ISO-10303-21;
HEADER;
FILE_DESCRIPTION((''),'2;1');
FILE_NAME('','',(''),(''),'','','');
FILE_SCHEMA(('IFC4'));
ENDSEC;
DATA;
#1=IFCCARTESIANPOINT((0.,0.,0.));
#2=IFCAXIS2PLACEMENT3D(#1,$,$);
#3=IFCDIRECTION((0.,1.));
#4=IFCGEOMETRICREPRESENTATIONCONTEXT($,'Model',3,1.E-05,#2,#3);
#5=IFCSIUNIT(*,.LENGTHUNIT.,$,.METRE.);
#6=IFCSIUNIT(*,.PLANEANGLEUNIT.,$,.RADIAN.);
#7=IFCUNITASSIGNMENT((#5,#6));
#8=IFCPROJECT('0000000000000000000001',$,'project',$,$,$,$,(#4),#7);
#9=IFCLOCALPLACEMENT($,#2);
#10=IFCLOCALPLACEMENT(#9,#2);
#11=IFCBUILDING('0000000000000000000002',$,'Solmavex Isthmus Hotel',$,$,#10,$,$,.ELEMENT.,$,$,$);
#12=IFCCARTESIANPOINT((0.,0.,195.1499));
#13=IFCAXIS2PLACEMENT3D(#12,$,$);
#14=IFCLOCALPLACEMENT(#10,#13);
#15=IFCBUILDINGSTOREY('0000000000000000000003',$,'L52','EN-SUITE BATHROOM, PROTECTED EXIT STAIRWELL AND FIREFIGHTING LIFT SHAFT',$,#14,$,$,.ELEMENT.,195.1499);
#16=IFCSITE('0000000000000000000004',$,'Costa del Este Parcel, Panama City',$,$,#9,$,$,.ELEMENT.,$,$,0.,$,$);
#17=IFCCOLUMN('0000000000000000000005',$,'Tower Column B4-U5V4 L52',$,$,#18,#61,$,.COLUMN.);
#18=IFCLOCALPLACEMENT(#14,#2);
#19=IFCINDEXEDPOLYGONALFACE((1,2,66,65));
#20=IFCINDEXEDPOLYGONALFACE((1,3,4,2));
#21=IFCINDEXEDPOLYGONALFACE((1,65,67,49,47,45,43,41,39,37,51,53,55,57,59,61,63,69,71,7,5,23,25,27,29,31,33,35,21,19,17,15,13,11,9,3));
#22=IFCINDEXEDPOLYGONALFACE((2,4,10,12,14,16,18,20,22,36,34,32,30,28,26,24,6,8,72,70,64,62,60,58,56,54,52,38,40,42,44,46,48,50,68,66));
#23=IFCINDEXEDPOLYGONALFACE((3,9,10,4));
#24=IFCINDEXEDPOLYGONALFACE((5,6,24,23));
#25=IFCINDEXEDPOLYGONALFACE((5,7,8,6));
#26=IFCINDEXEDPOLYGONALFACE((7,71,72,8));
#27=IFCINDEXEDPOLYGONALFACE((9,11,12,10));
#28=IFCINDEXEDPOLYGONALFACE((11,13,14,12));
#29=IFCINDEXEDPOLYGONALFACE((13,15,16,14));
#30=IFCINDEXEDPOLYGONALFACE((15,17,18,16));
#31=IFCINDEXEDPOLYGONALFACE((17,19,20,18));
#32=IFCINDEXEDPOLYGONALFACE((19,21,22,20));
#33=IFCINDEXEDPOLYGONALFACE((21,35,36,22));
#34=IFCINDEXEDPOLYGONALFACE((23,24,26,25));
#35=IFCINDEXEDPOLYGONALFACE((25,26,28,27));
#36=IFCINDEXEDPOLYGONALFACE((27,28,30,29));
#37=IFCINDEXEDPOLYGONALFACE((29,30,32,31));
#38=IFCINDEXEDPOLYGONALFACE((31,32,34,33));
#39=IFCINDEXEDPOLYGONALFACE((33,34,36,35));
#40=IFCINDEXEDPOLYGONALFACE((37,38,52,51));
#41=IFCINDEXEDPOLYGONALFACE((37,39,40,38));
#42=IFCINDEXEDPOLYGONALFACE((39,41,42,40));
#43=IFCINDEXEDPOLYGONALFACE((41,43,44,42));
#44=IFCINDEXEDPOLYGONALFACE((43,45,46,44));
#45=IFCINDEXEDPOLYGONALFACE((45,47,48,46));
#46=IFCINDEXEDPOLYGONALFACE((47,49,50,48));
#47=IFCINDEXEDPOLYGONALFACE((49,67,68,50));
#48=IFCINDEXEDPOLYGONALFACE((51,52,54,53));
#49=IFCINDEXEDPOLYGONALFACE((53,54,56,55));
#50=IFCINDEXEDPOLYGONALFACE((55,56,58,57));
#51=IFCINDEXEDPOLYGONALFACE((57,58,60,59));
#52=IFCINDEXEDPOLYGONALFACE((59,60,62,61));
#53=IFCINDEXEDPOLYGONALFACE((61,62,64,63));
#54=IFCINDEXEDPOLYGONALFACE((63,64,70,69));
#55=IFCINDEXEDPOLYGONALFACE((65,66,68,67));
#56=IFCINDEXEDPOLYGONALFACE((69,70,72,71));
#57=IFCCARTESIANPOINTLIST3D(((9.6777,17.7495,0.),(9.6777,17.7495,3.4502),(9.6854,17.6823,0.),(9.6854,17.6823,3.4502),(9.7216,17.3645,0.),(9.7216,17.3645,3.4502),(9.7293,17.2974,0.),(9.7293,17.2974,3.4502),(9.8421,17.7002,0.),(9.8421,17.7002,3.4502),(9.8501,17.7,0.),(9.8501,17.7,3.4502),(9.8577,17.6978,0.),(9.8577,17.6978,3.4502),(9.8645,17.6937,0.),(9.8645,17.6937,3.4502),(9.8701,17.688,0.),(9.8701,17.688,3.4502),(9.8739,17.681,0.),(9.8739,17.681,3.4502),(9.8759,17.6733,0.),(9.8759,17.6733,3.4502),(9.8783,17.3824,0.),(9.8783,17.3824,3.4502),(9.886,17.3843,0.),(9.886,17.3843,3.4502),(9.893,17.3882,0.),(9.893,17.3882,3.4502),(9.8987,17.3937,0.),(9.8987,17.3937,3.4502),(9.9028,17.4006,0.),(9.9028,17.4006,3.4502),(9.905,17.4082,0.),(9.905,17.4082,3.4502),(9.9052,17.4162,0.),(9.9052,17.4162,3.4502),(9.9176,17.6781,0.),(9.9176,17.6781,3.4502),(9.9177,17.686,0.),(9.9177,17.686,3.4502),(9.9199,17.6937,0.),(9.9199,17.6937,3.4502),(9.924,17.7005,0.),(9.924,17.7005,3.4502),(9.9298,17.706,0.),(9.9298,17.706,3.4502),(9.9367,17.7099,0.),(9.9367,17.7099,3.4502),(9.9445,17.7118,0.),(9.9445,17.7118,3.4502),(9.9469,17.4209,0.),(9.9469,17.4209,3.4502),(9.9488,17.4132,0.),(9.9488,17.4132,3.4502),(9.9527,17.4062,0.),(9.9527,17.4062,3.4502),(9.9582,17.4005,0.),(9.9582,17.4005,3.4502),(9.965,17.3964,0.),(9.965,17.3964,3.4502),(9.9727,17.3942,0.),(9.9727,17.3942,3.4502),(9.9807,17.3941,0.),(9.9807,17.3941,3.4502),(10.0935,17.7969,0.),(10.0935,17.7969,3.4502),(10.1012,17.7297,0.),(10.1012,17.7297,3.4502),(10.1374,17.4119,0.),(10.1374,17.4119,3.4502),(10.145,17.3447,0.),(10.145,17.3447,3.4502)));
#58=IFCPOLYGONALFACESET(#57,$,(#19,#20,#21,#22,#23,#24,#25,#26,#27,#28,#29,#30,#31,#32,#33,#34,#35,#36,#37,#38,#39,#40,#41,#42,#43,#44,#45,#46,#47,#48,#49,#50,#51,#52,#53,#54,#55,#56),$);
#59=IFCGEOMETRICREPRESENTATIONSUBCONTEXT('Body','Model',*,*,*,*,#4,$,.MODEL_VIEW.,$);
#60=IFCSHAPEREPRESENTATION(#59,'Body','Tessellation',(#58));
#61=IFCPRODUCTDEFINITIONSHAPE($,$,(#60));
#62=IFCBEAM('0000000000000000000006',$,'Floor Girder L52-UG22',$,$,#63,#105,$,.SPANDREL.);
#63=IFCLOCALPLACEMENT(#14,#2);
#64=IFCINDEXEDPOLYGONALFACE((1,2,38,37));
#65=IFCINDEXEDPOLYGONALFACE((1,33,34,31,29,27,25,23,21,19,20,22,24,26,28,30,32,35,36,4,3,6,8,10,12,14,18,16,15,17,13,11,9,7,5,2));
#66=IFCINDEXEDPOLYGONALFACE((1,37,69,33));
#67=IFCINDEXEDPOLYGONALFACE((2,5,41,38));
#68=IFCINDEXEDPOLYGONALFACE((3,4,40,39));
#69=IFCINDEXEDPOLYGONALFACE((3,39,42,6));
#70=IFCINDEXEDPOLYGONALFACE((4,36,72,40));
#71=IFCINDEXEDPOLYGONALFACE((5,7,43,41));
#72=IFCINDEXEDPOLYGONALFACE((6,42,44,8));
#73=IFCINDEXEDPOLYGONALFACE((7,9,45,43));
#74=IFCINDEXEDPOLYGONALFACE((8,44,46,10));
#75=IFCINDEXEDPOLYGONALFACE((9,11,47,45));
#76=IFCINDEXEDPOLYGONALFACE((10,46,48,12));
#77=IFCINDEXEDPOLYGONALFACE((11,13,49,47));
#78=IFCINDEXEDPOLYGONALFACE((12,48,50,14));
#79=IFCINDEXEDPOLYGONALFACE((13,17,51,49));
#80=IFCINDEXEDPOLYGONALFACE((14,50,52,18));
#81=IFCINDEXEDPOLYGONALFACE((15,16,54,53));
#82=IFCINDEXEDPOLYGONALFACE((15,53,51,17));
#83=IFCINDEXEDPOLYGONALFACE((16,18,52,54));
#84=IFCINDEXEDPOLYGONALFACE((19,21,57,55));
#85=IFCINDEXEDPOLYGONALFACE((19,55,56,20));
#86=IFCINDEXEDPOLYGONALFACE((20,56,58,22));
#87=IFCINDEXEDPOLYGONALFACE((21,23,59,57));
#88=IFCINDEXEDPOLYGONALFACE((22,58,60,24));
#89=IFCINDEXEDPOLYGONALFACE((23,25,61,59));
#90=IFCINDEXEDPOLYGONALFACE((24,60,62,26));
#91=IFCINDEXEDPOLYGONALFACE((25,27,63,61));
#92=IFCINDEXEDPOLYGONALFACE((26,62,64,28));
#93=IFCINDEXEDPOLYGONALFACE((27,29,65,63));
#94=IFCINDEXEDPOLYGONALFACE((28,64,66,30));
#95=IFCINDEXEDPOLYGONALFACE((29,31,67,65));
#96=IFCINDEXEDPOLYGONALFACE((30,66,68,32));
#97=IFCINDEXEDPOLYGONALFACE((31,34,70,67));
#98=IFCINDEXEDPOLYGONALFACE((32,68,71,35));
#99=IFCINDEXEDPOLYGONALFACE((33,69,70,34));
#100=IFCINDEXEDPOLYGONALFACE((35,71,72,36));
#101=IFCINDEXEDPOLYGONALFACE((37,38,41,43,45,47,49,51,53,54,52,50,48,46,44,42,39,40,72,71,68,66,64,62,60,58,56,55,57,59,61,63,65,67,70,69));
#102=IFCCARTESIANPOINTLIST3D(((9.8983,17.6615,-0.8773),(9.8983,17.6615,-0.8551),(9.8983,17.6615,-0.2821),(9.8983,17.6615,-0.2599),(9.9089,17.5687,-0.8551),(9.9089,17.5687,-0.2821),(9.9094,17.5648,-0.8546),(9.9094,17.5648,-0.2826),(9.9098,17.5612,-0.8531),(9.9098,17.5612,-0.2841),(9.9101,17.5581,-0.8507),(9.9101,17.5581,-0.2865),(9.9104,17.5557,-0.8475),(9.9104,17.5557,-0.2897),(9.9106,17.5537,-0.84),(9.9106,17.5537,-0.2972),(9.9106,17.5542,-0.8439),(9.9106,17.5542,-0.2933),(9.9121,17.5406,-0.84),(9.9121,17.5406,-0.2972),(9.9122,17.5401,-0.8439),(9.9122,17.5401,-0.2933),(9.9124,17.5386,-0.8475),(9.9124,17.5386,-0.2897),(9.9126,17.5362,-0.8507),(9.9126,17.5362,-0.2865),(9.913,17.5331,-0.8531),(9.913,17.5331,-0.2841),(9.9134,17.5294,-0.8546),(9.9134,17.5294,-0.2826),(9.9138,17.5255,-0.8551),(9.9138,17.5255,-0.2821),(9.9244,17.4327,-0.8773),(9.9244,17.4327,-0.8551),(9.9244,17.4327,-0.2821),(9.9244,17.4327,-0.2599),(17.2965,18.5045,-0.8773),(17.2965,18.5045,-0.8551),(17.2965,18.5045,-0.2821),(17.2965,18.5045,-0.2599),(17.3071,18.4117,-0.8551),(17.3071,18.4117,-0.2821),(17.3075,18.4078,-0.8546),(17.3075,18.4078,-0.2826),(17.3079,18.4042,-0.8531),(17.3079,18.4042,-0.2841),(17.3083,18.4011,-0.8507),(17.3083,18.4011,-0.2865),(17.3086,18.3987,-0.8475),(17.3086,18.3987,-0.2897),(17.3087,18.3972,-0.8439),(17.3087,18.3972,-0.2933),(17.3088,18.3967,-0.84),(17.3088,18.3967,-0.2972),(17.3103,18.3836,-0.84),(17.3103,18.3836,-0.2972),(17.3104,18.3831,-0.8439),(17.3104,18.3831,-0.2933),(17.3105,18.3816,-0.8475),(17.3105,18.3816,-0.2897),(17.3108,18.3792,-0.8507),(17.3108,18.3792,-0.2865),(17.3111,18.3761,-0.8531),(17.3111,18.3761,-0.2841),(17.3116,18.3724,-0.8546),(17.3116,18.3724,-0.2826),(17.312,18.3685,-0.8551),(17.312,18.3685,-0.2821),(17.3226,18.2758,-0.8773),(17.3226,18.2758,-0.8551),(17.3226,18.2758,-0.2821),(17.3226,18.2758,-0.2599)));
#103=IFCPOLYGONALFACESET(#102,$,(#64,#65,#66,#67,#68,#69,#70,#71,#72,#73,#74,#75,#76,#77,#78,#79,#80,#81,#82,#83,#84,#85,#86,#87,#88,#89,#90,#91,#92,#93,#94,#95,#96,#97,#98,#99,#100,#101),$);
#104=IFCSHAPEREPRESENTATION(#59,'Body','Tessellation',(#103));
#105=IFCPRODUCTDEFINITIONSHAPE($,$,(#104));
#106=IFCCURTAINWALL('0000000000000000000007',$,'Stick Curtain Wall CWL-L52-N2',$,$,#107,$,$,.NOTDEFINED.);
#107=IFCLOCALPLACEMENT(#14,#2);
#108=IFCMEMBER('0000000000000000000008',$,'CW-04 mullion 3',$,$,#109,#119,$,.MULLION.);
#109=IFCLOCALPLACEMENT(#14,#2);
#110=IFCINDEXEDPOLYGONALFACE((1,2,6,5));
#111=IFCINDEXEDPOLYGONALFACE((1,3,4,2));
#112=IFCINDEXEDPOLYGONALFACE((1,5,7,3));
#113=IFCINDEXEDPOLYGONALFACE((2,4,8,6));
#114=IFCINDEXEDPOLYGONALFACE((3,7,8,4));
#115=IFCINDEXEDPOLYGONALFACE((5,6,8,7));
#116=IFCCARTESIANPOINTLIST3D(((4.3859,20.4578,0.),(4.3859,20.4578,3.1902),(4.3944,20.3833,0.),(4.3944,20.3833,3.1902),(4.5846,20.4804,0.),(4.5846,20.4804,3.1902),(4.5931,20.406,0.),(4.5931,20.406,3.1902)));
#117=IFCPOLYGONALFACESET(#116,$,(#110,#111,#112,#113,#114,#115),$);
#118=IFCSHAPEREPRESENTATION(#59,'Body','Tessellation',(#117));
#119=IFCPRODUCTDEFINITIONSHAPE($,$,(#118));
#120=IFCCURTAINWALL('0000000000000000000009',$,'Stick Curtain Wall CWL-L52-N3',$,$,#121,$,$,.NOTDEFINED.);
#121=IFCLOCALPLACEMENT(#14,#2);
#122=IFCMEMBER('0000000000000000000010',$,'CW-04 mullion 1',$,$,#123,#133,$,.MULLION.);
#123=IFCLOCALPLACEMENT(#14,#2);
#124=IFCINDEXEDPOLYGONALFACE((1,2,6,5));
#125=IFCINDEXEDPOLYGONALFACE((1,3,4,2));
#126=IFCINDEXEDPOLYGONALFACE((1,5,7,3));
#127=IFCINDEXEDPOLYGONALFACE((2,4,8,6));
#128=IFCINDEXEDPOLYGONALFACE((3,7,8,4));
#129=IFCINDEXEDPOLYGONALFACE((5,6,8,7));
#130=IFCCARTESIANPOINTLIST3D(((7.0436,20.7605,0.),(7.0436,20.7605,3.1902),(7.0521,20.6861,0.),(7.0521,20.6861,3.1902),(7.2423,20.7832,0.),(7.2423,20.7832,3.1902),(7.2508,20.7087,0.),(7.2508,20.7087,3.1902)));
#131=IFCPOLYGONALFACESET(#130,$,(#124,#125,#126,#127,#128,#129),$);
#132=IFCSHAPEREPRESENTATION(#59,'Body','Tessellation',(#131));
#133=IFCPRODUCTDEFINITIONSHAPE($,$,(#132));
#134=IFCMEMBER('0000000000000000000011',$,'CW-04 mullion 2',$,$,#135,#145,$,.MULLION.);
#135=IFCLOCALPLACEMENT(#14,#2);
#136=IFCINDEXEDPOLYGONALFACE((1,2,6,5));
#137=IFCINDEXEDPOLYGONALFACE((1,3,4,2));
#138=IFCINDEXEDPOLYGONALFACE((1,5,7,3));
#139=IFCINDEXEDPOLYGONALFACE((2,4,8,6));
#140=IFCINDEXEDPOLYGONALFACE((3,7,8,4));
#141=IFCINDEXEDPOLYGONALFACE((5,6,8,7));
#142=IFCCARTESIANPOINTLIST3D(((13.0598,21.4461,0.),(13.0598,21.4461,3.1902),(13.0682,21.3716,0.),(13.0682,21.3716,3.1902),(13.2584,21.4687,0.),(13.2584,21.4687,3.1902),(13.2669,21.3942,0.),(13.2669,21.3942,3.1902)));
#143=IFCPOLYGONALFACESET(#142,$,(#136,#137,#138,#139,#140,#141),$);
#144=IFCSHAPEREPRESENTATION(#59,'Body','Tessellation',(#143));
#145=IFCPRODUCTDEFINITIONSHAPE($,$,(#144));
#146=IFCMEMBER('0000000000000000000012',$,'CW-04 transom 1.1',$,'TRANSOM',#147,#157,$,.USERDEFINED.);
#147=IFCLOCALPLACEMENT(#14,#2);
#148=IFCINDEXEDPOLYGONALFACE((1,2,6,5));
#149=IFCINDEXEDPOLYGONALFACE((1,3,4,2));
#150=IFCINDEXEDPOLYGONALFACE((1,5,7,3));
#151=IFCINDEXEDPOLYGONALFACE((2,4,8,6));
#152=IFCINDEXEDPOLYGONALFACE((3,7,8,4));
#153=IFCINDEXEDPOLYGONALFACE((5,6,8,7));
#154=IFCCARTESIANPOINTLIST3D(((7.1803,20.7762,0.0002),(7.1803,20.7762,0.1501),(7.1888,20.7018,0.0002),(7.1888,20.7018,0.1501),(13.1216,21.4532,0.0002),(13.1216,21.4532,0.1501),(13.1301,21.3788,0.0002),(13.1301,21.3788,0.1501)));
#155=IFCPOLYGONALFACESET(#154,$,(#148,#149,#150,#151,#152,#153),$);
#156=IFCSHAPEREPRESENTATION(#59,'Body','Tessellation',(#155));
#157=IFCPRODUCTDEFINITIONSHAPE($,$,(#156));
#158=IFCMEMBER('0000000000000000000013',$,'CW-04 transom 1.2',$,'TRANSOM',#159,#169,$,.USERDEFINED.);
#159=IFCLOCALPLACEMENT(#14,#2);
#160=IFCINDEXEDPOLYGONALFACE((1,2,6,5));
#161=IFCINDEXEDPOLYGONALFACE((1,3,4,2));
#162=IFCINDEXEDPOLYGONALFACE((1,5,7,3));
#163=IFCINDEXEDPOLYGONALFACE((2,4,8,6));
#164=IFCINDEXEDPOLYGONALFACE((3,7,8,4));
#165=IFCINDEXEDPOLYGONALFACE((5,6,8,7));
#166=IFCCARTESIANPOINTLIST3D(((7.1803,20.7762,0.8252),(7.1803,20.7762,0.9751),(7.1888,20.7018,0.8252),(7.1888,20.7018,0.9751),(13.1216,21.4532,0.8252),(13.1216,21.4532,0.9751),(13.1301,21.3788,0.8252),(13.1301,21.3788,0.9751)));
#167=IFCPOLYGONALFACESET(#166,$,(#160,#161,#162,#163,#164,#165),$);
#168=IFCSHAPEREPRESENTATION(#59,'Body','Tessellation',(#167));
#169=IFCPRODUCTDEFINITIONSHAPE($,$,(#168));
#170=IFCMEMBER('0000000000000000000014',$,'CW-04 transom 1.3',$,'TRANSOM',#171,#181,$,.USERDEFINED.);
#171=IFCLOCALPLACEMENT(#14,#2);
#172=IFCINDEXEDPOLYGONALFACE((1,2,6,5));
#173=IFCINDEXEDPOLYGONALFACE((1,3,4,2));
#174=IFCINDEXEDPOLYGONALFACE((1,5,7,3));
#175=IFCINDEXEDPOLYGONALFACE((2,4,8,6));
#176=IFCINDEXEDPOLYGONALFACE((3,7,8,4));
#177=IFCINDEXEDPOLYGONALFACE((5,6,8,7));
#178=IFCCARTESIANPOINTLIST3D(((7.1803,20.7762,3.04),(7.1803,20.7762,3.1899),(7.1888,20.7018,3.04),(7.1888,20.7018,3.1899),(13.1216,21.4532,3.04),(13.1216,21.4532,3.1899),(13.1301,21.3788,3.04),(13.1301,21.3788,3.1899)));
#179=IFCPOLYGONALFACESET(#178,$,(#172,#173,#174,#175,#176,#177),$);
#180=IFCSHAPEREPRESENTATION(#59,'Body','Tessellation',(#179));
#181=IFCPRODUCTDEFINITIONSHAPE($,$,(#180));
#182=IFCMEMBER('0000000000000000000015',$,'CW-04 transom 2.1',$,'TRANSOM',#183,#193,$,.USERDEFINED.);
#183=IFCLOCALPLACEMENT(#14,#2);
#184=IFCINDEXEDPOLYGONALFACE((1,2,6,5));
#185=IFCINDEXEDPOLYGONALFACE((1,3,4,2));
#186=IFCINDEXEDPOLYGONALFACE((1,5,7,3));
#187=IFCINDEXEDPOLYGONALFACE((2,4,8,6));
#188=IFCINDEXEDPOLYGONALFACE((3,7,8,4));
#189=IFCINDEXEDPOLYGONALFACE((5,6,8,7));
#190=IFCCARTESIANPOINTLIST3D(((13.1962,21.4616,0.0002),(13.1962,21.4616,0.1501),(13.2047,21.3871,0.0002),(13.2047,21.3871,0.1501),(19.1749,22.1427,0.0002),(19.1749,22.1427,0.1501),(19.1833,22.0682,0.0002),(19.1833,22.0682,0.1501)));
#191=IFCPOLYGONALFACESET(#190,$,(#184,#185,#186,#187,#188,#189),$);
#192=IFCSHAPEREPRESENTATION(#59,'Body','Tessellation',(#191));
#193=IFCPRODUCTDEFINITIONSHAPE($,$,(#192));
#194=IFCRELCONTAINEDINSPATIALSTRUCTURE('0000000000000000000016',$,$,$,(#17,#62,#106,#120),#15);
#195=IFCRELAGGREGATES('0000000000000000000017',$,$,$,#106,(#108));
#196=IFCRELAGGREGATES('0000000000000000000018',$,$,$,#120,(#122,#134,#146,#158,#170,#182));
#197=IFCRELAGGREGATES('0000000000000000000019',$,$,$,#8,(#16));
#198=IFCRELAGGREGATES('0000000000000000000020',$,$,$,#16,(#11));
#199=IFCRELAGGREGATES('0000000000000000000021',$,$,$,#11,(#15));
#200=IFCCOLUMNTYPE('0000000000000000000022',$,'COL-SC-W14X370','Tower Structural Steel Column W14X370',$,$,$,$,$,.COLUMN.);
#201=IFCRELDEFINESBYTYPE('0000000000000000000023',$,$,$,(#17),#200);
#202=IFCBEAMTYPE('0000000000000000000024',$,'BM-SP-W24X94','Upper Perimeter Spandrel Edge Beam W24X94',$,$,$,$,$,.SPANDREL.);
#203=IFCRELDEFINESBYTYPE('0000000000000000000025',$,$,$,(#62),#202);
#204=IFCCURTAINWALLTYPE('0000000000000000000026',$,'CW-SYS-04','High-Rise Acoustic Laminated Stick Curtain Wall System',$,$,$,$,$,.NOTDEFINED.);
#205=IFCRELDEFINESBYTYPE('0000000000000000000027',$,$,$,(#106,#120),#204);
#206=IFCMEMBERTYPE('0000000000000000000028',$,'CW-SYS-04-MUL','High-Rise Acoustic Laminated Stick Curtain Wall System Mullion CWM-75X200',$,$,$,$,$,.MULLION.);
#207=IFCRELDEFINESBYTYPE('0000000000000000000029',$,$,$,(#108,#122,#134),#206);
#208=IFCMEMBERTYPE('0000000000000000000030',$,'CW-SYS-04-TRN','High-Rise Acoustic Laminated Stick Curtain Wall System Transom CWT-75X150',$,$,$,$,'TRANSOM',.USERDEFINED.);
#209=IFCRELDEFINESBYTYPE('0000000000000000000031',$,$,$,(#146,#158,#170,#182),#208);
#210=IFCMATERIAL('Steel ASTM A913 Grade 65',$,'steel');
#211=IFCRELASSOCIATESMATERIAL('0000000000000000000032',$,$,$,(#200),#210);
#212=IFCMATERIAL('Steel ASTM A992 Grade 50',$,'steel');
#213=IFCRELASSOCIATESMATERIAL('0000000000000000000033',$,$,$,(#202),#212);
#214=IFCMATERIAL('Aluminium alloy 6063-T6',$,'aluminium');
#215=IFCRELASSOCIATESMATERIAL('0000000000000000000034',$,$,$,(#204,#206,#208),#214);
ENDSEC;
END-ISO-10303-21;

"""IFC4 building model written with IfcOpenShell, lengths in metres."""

from ifc_helpers import new_model, si_unit, direction, frame, origin, origin_2d, place, context, subcontext, project, spatial, rectangle, i_section, extrude, material, material_profile, profile_set, type_object, element, aggregate, save


model = new_model("IFC4")

# Units and contexts
model_context = context("Model", 3, precision=1e-05, world=origin(), true_north=direction((0.0, 1.0)))
body_context = subcontext(model_context, "Body", "Model", "MODEL_VIEW")
ifc_project = project(units=[si_unit("LENGTHUNIT", "METRE"), si_unit("PLANEANGLEUNIT", "RADIAN")], contexts=[model_context])

# Site, building, storey
site_placement = place(None, origin())
site = spatial("IfcSite", under=ifc_project, at=site_placement, Name="Costa del Este Parcel, Panama City", CompositionType="ELEMENT", RefElevation=0.0)
building_placement = place(site_placement, origin())
building = spatial("IfcBuilding", under=site, at=building_placement, Name="Solmavex Isthmus Hotel", CompositionType="ELEMENT")
storey_placement = place(building_placement, frame((0.0, 0.0, 195.1499)))
storey = spatial("IfcBuildingStorey", under=building, at=storey_placement, Name="L52", Description="EN-SUITE BATHROOM, PROTECTED EXIT STAIRWELL AND FIREFIGHTING LIFT SHAFT", CompositionType="ELEMENT", Elevation=195.1499)

# Column
ifc_material_1 = material(Name="Steel ASTM A913 Grade 65", Category="steel")
ifc_material_profile_1 = material_profile(ifc_material_1, i_section(OverallWidth=0.4185, OverallDepth=0.4551, WebThickness=0.042, FlangeThickness=0.0676, FilletRadius=0.0305, at=origin_2d()), Name="W14X370")
ifc_profile_set_1 = profile_set([ifc_material_profile_1], Name="Steel ASTM A913 Grade 65")
column_type = type_object("IfcColumnType", Name="COL-SC-W14X370", Description="Tower Structural Steel Column W14X370", PredefinedType="COLUMN", material=ifc_profile_set_1)
column_placement = place(storey_placement, frame((9.9114, 17.5471, 0.0), z_axis=(0.0, 0.0, 1.0), x_axis=(0.993572, 0.113203, 0.0)))
element("IfcColumn", 1, at=column_placement, inside=storey, type_object=column_type, Name="Tower Column B4-U5V4 L52", PredefinedType="COLUMN", context=body_context, shape_type="SweptSolid", body=[
    extrude(i_section(OverallWidth=0.4185, OverallDepth=0.4551, WebThickness=0.042, FlangeThickness=0.0676, FilletRadius=0.0305, at=origin_2d()), origin(), (0.0, 0.0, 1.0), 3.4502),
])

# Beam
ifc_material_2 = material(Name="Steel ASTM A992 Grade 50", Category="steel")
ifc_material_profile_2 = material_profile(ifc_material_2, i_section(OverallWidth=0.2302, OverallDepth=0.6174, WebThickness=0.0132, FlangeThickness=0.0222, FilletRadius=0.0151, at=origin_2d()), Name="W24X94")
ifc_profile_set_2 = profile_set([ifc_material_profile_2], Name="Steel ASTM A992 Grade 50")
beam_type = type_object("IfcBeamType", Name="BM-SP-W24X94", Description="Upper Perimeter Spandrel Edge Beam W24X94", PredefinedType="SPANDREL", material=ifc_profile_set_2)
beam_placement = place(storey_placement, frame((9.9114, 17.5471, -0.5686), z_axis=(0.99357, 0.113216, 0.0), x_axis=(-0.113216, 0.99357, 0.0)))
element("IfcBeam", 2, at=beam_placement, inside=storey, type_object=beam_type, Name="Floor Girder L52-UG22", PredefinedType="SPANDREL", context=body_context, shape_type="SweptSolid", body=[
    extrude(i_section(OverallWidth=0.2302, OverallDepth=0.6174, WebThickness=0.0132, FlangeThickness=0.0222, FilletRadius=0.0151, at=origin_2d()), origin(), (0.0, 0.0, 1.0), 7.446),
])

# Curtain wall, member
ifc_material_3 = material(Name="Aluminium alloy 6063-T6", Category="aluminium")
curtain_wall_type = type_object("IfcCurtainWallType", Name="CW-SYS-04", Description="High-Rise Acoustic Laminated Stick Curtain Wall System", PredefinedType="NOTDEFINED", material=ifc_material_3)
curtain_wall_1_placement = place(storey_placement, origin())
curtain_wall_1 = element("IfcCurtainWall", 3, at=curtain_wall_1_placement, inside=storey, type_object=curtain_wall_type, Name="Stick Curtain Wall CWL-L52-N2", PredefinedType="NOTDEFINED")
ifc_material_profile_3 = material_profile(ifc_material_3, rectangle(XDim=0.075, YDim=0.2, at=origin_2d()), Name="CWM-75X200")
ifc_profile_set_3 = profile_set([ifc_material_profile_3], Name="Aluminium alloy 6063-T6")
member_type_1 = type_object("IfcMemberType", Name="CW-SYS-04-MUL", Description="High-Rise Acoustic Laminated Stick Curtain Wall System Mullion CWM-75X200", PredefinedType="MULLION", material=ifc_profile_set_3)
member_1_placement = place(storey_placement, frame((4.4895, 20.4319, 0.0), z_axis=(0.0, 0.0, 1.0), x_axis=(-0.113203, 0.993572, 0.0)))
member_1 = element("IfcMember", 4, at=member_1_placement, type_object=member_type_1, Name="CW-04 mullion 3", PredefinedType="MULLION", context=body_context, shape_type="SweptSolid", body=[
    extrude(rectangle(XDim=0.075, YDim=0.2, at=origin_2d()), origin(), (0.0, 0.0, 1.0), 3.1902),
])

# Curtain wall, members
curtain_wall_2_placement = place(storey_placement, origin())
curtain_wall_2 = element("IfcCurtainWall", 5, at=curtain_wall_2_placement, inside=storey, type_object=curtain_wall_type, Name="Stick Curtain Wall CWL-L52-N3", PredefinedType="NOTDEFINED")
member_2_placement = place(storey_placement, frame((7.1472, 20.7346, 0.0), z_axis=(0.0, 0.0, 1.0), x_axis=(-0.113203, 0.993572, 0.0)))
member_2 = element("IfcMember", 6, at=member_2_placement, type_object=member_type_1, Name="CW-04 mullion 1", PredefinedType="MULLION", context=body_context, shape_type="SweptSolid", body=[
    extrude(rectangle(XDim=0.075, YDim=0.2, at=origin_2d()), origin(), (0.0, 0.0, 1.0), 3.1902),
])
member_3_placement = place(storey_placement, frame((13.1633, 21.4202, 0.0), z_axis=(0.0, 0.0, 1.0), x_axis=(-0.113203, 0.993572, 0.0)))
member_3 = element("IfcMember", 7, at=member_3_placement, type_object=member_type_1, Name="CW-04 mullion 2", PredefinedType="MULLION", context=body_context, shape_type="SweptSolid", body=[
    extrude(rectangle(XDim=0.075, YDim=0.2, at=origin_2d()), origin(), (0.0, 0.0, 1.0), 3.1902),
])
ifc_material_profile_4 = material_profile(ifc_material_3, rectangle(XDim=0.075, YDim=0.1499, at=origin_2d()), Name="CWT-75X150")
ifc_profile_set_4 = profile_set([ifc_material_profile_4], Name="Aluminium alloy 6063-T6")
member_type_2 = type_object("IfcMemberType", Name="CW-SYS-04-TRN", Description="High-Rise Acoustic Laminated Stick Curtain Wall System Transom CWT-75X150", ElementType="TRANSOM", PredefinedType="USERDEFINED", material=ifc_profile_set_4)
member_4_placement = place(storey_placement, frame((7.1846, 20.739, 0.0752), z_axis=(0.993571, 0.113214, 0.0), x_axis=(-0.113214, 0.993571, 0.0)))
member_4 = element("IfcMember", 8, at=member_4_placement, type_object=member_type_2, Name="CW-04 transom 1.1", ObjectType="TRANSOM", PredefinedType="USERDEFINED", context=body_context, shape_type="SweptSolid", body=[
    extrude(rectangle(XDim=0.075, YDim=0.1499, at=origin_2d()), origin(), (0.0, 0.0, 1.0), 5.9797),
])
member_5_placement = place(storey_placement, frame((7.1846, 20.739, 0.9001), z_axis=(0.993571, 0.113214, 0.0), x_axis=(-0.113214, 0.993571, 0.0)))
member_5 = element("IfcMember", 9, at=member_5_placement, type_object=member_type_2, Name="CW-04 transom 1.2", ObjectType="TRANSOM", PredefinedType="USERDEFINED", context=body_context, shape_type="SweptSolid", body=[
    extrude(rectangle(XDim=0.075, YDim=0.1499, at=origin_2d()), origin(), (0.0, 0.0, 1.0), 5.9797),
])
member_6_placement = place(storey_placement, frame((7.1846, 20.739, 3.115), z_axis=(0.993571, 0.113214, 0.0), x_axis=(-0.113214, 0.993571, 0.0)))
member_6 = element("IfcMember", 10, at=member_6_placement, type_object=member_type_2, Name="CW-04 transom 1.3", ObjectType="TRANSOM", PredefinedType="USERDEFINED", context=body_context, shape_type="SweptSolid", body=[
    extrude(rectangle(XDim=0.075, YDim=0.1499, at=origin_2d()), origin(), (0.0, 0.0, 1.0), 5.9797),
])
member_7_placement = place(storey_placement, frame((13.2004, 21.4243, 0.0752), z_axis=(0.993573, 0.113196, 0.0), x_axis=(-0.113196, 0.993573, 0.0)))
member_7 = element("IfcMember", 11, at=member_7_placement, type_object=member_type_2, Name="CW-04 transom 2.1", ObjectType="TRANSOM", PredefinedType="USERDEFINED", context=body_context, shape_type="SweptSolid", body=[
    extrude(rectangle(XDim=0.075, YDim=0.1499, at=origin_2d()), origin(), (0.0, 0.0, 1.0), 6.0173),
])

aggregate(curtain_wall_1, [member_1])
aggregate(curtain_wall_2, [member_2, member_3, member_4, member_5, member_6, member_7])

save(model, "model.ifc")
